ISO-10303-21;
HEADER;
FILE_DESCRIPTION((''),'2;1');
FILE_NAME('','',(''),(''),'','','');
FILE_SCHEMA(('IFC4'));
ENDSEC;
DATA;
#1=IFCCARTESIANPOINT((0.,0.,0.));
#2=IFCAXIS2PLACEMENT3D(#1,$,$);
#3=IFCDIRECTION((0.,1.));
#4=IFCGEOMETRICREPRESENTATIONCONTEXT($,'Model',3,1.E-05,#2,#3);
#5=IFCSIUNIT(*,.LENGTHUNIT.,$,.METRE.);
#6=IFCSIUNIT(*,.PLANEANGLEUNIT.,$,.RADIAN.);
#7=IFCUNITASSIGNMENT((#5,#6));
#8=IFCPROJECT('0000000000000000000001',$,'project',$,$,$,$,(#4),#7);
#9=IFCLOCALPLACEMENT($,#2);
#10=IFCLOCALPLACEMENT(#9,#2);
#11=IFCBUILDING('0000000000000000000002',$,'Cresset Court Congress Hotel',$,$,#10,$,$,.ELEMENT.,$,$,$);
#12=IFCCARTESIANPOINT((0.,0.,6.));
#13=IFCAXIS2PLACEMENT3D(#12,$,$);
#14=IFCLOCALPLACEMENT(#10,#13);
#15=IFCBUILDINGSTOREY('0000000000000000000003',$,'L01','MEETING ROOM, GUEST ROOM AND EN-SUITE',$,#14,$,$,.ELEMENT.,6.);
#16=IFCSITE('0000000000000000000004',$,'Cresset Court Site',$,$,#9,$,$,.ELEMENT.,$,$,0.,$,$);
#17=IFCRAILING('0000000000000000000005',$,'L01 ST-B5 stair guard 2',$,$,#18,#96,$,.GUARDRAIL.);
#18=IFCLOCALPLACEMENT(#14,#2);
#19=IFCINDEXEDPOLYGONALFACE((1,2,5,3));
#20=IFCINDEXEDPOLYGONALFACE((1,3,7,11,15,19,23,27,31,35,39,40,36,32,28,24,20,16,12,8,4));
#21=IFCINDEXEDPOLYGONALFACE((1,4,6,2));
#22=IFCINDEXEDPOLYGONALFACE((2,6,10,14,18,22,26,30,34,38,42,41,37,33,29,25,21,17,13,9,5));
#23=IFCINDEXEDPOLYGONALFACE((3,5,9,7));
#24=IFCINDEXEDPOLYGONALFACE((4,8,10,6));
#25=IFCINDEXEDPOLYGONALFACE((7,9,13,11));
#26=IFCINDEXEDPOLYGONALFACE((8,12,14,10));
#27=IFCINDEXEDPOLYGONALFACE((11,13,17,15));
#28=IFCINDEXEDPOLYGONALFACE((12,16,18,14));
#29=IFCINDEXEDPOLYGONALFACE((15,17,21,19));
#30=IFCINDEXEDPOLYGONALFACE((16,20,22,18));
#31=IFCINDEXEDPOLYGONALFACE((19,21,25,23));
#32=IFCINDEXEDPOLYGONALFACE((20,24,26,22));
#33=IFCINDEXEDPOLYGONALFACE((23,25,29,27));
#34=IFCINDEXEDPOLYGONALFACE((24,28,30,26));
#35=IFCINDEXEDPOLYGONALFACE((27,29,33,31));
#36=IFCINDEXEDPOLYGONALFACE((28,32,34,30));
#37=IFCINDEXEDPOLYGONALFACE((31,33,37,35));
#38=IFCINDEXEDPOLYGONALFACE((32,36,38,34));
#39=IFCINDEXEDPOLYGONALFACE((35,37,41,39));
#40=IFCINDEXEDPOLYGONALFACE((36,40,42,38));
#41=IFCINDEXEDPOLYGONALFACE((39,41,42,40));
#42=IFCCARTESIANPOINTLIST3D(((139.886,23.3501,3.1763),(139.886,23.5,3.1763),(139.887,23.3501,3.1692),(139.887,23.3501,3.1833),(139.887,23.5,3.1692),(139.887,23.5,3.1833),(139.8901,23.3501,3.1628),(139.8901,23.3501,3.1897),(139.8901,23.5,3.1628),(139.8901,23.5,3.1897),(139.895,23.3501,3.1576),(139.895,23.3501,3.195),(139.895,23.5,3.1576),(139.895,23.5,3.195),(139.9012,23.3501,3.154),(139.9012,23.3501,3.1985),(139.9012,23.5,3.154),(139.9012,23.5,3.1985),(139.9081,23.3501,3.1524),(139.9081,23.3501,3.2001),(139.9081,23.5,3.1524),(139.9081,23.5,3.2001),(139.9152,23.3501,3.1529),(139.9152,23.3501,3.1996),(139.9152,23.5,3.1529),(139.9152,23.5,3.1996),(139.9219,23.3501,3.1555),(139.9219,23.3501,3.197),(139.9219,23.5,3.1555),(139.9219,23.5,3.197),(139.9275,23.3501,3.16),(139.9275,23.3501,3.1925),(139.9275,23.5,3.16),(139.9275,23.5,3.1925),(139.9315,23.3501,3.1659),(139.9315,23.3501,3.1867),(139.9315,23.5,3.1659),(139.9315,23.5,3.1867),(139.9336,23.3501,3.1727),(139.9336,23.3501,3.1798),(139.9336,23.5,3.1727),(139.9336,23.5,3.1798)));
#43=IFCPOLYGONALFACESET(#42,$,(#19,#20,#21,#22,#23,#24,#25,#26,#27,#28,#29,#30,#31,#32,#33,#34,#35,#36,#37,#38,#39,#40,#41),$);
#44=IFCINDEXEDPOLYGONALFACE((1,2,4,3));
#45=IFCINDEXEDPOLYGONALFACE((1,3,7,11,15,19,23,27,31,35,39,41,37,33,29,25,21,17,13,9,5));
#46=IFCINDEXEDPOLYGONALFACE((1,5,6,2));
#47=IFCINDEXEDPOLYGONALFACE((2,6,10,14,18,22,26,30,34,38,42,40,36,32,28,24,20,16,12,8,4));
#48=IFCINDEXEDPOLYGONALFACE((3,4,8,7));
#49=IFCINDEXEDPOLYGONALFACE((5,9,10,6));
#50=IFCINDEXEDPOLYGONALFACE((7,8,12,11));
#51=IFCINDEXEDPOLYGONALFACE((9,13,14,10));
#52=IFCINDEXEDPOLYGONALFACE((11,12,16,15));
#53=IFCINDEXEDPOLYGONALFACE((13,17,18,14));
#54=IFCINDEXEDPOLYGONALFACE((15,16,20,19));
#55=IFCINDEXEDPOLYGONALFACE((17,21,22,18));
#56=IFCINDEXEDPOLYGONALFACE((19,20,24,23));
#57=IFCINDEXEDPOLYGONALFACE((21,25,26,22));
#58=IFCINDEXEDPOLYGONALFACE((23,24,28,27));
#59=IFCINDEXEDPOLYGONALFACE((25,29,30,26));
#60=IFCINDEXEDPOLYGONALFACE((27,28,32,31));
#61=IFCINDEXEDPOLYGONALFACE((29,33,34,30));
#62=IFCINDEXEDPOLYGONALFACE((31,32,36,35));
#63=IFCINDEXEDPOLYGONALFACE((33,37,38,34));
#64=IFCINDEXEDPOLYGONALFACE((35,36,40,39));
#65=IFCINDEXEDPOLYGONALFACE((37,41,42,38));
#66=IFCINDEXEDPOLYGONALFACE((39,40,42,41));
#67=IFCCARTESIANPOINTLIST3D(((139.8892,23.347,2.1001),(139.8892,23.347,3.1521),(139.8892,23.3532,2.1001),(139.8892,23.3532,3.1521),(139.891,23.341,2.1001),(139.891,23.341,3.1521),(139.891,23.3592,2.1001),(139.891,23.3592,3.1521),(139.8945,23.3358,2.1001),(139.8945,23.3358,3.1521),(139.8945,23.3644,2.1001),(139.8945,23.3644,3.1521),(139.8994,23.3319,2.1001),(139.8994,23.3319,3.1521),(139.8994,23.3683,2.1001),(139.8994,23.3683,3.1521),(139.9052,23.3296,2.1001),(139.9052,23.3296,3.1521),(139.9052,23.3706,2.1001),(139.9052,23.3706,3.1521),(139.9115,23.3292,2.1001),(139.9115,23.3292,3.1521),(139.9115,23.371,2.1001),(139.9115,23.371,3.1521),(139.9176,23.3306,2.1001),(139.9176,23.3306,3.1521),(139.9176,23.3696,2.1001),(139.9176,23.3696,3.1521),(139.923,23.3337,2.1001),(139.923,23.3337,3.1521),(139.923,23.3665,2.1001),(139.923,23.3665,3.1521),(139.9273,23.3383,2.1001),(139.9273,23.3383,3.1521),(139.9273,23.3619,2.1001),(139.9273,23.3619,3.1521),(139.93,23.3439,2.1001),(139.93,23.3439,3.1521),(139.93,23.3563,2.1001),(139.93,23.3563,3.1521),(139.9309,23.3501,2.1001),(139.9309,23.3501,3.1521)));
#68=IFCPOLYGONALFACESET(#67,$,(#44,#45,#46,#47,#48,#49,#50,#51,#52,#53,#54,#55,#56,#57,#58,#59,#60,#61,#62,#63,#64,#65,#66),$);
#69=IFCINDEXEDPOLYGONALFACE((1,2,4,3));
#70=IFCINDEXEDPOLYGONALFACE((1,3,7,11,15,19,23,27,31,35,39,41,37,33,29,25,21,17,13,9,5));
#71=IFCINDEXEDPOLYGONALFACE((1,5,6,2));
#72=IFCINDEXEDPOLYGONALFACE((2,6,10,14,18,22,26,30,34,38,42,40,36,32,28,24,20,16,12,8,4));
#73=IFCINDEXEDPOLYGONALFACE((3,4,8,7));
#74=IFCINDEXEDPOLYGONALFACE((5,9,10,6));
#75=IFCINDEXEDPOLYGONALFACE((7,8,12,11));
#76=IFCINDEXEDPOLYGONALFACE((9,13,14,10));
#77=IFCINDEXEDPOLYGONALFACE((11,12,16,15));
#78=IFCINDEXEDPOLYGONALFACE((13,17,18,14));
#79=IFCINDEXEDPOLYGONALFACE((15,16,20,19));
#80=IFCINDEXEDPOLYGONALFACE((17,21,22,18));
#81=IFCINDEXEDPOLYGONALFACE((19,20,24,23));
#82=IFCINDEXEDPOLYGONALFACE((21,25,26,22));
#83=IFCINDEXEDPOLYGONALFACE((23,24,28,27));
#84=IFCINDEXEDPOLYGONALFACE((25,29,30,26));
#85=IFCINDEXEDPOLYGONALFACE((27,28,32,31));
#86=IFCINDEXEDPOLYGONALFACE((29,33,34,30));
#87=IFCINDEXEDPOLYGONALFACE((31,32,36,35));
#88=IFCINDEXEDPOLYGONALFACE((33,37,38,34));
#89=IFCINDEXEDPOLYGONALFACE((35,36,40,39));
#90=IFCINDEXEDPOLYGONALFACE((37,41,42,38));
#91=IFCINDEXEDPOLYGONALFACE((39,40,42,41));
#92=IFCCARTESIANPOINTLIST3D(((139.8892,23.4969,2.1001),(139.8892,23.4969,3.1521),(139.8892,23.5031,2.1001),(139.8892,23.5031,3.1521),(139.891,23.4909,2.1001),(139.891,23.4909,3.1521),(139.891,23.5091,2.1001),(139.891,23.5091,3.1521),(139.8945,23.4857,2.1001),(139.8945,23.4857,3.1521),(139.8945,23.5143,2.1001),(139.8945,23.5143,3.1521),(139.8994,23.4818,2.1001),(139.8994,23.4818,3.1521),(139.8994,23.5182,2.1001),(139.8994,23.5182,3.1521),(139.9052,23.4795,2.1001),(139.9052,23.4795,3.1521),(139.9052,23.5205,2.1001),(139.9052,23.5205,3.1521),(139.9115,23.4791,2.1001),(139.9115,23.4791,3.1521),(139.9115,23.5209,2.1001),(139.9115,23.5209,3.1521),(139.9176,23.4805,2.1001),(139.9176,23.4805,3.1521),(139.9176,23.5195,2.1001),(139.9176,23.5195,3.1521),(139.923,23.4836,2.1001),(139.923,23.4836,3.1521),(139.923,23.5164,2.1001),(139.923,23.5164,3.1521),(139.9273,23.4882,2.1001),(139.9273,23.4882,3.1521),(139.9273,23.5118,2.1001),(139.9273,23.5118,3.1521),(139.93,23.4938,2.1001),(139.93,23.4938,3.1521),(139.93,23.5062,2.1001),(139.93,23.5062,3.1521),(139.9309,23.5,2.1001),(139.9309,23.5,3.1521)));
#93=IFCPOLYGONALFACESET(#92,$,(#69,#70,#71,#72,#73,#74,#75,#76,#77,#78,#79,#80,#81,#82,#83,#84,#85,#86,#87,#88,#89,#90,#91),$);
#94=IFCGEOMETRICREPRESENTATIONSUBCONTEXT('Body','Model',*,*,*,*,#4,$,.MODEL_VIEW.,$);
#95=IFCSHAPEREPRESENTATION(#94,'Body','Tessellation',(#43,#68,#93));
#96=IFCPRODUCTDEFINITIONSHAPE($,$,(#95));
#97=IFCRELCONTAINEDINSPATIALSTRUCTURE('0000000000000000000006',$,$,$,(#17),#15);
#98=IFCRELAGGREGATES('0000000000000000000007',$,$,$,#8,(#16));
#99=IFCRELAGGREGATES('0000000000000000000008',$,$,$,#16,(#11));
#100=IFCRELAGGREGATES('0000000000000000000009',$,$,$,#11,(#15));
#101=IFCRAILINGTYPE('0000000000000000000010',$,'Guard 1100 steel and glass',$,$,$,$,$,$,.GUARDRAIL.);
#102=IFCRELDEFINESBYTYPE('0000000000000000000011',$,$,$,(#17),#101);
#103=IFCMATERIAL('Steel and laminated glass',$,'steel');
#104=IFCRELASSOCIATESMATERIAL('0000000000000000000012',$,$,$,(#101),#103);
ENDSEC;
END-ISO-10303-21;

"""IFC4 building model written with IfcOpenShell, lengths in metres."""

from ifc_helpers import new_model, si_unit, direction, frame, origin, origin_2d, place, context, subcontext, project, spatial, circle, extrude, material, type_object, element, save


model = new_model("IFC4")

# Units and contexts
model_context = context("Model", 3, precision=1e-05, world=origin(), true_north=direction((0.0, 1.0)))
body_context = subcontext(model_context, "Body", "Model", "MODEL_VIEW")
ifc_project = project(units=[si_unit("LENGTHUNIT", "METRE"), si_unit("PLANEANGLEUNIT", "RADIAN")], contexts=[model_context])

# Site, building, storey
site_placement = place(None, origin())
site = spatial("IfcSite", under=ifc_project, at=site_placement, Name="Cresset Court Site", CompositionType="ELEMENT", RefElevation=0.0)
building_placement = place(site_placement, origin())
building = spatial("IfcBuilding", under=site, at=building_placement, Name="Cresset Court Congress Hotel", CompositionType="ELEMENT")
storey_placement = place(building_placement, frame((0.0, 0.0, 6.0)))
storey = spatial("IfcBuildingStorey", under=building, at=storey_placement, Name="L01", Description="MEETING ROOM, GUEST ROOM AND EN-SUITE", CompositionType="ELEMENT", Elevation=6.0)

# Railing
ifc_material_1 = material(Name="Steel and laminated glass", Category="steel")
railing_type_1 = type_object("IfcRailingType", Name="Guard 1100 steel and glass", PredefinedType="GUARDRAIL", material=ifc_material_1)
railing_1_placement = place(storey_placement, frame((139.9099, 23.3501, 2.1001)))
element("IfcRailing", 1, at=railing_1_placement, inside=storey, type_object=railing_type_1, Name="L01 ST-B5 stair guard 2", PredefinedType="GUARDRAIL", context=body_context, shape_type="SweptSolid", body=[
    extrude(circle(Radius=0.0239, at=origin_2d()), frame((0.0, 0.0, 1.0762), z_axis=(0.0, 1.0, 0.0), x_axis=(-1.0, 0.0, 0.0)), (0.0, 0.0, 1.0), 0.1499),
    extrude(circle(Radius=0.021, at=origin_2d()), origin(), (0.0, 0.0, 1.0), 1.052),
    extrude(circle(Radius=0.021, at=origin_2d()), frame((0.0, 0.1499, 0.0)), (0.0, 0.0, 1.0), 1.052),
])

save(model, "model.ifc")
